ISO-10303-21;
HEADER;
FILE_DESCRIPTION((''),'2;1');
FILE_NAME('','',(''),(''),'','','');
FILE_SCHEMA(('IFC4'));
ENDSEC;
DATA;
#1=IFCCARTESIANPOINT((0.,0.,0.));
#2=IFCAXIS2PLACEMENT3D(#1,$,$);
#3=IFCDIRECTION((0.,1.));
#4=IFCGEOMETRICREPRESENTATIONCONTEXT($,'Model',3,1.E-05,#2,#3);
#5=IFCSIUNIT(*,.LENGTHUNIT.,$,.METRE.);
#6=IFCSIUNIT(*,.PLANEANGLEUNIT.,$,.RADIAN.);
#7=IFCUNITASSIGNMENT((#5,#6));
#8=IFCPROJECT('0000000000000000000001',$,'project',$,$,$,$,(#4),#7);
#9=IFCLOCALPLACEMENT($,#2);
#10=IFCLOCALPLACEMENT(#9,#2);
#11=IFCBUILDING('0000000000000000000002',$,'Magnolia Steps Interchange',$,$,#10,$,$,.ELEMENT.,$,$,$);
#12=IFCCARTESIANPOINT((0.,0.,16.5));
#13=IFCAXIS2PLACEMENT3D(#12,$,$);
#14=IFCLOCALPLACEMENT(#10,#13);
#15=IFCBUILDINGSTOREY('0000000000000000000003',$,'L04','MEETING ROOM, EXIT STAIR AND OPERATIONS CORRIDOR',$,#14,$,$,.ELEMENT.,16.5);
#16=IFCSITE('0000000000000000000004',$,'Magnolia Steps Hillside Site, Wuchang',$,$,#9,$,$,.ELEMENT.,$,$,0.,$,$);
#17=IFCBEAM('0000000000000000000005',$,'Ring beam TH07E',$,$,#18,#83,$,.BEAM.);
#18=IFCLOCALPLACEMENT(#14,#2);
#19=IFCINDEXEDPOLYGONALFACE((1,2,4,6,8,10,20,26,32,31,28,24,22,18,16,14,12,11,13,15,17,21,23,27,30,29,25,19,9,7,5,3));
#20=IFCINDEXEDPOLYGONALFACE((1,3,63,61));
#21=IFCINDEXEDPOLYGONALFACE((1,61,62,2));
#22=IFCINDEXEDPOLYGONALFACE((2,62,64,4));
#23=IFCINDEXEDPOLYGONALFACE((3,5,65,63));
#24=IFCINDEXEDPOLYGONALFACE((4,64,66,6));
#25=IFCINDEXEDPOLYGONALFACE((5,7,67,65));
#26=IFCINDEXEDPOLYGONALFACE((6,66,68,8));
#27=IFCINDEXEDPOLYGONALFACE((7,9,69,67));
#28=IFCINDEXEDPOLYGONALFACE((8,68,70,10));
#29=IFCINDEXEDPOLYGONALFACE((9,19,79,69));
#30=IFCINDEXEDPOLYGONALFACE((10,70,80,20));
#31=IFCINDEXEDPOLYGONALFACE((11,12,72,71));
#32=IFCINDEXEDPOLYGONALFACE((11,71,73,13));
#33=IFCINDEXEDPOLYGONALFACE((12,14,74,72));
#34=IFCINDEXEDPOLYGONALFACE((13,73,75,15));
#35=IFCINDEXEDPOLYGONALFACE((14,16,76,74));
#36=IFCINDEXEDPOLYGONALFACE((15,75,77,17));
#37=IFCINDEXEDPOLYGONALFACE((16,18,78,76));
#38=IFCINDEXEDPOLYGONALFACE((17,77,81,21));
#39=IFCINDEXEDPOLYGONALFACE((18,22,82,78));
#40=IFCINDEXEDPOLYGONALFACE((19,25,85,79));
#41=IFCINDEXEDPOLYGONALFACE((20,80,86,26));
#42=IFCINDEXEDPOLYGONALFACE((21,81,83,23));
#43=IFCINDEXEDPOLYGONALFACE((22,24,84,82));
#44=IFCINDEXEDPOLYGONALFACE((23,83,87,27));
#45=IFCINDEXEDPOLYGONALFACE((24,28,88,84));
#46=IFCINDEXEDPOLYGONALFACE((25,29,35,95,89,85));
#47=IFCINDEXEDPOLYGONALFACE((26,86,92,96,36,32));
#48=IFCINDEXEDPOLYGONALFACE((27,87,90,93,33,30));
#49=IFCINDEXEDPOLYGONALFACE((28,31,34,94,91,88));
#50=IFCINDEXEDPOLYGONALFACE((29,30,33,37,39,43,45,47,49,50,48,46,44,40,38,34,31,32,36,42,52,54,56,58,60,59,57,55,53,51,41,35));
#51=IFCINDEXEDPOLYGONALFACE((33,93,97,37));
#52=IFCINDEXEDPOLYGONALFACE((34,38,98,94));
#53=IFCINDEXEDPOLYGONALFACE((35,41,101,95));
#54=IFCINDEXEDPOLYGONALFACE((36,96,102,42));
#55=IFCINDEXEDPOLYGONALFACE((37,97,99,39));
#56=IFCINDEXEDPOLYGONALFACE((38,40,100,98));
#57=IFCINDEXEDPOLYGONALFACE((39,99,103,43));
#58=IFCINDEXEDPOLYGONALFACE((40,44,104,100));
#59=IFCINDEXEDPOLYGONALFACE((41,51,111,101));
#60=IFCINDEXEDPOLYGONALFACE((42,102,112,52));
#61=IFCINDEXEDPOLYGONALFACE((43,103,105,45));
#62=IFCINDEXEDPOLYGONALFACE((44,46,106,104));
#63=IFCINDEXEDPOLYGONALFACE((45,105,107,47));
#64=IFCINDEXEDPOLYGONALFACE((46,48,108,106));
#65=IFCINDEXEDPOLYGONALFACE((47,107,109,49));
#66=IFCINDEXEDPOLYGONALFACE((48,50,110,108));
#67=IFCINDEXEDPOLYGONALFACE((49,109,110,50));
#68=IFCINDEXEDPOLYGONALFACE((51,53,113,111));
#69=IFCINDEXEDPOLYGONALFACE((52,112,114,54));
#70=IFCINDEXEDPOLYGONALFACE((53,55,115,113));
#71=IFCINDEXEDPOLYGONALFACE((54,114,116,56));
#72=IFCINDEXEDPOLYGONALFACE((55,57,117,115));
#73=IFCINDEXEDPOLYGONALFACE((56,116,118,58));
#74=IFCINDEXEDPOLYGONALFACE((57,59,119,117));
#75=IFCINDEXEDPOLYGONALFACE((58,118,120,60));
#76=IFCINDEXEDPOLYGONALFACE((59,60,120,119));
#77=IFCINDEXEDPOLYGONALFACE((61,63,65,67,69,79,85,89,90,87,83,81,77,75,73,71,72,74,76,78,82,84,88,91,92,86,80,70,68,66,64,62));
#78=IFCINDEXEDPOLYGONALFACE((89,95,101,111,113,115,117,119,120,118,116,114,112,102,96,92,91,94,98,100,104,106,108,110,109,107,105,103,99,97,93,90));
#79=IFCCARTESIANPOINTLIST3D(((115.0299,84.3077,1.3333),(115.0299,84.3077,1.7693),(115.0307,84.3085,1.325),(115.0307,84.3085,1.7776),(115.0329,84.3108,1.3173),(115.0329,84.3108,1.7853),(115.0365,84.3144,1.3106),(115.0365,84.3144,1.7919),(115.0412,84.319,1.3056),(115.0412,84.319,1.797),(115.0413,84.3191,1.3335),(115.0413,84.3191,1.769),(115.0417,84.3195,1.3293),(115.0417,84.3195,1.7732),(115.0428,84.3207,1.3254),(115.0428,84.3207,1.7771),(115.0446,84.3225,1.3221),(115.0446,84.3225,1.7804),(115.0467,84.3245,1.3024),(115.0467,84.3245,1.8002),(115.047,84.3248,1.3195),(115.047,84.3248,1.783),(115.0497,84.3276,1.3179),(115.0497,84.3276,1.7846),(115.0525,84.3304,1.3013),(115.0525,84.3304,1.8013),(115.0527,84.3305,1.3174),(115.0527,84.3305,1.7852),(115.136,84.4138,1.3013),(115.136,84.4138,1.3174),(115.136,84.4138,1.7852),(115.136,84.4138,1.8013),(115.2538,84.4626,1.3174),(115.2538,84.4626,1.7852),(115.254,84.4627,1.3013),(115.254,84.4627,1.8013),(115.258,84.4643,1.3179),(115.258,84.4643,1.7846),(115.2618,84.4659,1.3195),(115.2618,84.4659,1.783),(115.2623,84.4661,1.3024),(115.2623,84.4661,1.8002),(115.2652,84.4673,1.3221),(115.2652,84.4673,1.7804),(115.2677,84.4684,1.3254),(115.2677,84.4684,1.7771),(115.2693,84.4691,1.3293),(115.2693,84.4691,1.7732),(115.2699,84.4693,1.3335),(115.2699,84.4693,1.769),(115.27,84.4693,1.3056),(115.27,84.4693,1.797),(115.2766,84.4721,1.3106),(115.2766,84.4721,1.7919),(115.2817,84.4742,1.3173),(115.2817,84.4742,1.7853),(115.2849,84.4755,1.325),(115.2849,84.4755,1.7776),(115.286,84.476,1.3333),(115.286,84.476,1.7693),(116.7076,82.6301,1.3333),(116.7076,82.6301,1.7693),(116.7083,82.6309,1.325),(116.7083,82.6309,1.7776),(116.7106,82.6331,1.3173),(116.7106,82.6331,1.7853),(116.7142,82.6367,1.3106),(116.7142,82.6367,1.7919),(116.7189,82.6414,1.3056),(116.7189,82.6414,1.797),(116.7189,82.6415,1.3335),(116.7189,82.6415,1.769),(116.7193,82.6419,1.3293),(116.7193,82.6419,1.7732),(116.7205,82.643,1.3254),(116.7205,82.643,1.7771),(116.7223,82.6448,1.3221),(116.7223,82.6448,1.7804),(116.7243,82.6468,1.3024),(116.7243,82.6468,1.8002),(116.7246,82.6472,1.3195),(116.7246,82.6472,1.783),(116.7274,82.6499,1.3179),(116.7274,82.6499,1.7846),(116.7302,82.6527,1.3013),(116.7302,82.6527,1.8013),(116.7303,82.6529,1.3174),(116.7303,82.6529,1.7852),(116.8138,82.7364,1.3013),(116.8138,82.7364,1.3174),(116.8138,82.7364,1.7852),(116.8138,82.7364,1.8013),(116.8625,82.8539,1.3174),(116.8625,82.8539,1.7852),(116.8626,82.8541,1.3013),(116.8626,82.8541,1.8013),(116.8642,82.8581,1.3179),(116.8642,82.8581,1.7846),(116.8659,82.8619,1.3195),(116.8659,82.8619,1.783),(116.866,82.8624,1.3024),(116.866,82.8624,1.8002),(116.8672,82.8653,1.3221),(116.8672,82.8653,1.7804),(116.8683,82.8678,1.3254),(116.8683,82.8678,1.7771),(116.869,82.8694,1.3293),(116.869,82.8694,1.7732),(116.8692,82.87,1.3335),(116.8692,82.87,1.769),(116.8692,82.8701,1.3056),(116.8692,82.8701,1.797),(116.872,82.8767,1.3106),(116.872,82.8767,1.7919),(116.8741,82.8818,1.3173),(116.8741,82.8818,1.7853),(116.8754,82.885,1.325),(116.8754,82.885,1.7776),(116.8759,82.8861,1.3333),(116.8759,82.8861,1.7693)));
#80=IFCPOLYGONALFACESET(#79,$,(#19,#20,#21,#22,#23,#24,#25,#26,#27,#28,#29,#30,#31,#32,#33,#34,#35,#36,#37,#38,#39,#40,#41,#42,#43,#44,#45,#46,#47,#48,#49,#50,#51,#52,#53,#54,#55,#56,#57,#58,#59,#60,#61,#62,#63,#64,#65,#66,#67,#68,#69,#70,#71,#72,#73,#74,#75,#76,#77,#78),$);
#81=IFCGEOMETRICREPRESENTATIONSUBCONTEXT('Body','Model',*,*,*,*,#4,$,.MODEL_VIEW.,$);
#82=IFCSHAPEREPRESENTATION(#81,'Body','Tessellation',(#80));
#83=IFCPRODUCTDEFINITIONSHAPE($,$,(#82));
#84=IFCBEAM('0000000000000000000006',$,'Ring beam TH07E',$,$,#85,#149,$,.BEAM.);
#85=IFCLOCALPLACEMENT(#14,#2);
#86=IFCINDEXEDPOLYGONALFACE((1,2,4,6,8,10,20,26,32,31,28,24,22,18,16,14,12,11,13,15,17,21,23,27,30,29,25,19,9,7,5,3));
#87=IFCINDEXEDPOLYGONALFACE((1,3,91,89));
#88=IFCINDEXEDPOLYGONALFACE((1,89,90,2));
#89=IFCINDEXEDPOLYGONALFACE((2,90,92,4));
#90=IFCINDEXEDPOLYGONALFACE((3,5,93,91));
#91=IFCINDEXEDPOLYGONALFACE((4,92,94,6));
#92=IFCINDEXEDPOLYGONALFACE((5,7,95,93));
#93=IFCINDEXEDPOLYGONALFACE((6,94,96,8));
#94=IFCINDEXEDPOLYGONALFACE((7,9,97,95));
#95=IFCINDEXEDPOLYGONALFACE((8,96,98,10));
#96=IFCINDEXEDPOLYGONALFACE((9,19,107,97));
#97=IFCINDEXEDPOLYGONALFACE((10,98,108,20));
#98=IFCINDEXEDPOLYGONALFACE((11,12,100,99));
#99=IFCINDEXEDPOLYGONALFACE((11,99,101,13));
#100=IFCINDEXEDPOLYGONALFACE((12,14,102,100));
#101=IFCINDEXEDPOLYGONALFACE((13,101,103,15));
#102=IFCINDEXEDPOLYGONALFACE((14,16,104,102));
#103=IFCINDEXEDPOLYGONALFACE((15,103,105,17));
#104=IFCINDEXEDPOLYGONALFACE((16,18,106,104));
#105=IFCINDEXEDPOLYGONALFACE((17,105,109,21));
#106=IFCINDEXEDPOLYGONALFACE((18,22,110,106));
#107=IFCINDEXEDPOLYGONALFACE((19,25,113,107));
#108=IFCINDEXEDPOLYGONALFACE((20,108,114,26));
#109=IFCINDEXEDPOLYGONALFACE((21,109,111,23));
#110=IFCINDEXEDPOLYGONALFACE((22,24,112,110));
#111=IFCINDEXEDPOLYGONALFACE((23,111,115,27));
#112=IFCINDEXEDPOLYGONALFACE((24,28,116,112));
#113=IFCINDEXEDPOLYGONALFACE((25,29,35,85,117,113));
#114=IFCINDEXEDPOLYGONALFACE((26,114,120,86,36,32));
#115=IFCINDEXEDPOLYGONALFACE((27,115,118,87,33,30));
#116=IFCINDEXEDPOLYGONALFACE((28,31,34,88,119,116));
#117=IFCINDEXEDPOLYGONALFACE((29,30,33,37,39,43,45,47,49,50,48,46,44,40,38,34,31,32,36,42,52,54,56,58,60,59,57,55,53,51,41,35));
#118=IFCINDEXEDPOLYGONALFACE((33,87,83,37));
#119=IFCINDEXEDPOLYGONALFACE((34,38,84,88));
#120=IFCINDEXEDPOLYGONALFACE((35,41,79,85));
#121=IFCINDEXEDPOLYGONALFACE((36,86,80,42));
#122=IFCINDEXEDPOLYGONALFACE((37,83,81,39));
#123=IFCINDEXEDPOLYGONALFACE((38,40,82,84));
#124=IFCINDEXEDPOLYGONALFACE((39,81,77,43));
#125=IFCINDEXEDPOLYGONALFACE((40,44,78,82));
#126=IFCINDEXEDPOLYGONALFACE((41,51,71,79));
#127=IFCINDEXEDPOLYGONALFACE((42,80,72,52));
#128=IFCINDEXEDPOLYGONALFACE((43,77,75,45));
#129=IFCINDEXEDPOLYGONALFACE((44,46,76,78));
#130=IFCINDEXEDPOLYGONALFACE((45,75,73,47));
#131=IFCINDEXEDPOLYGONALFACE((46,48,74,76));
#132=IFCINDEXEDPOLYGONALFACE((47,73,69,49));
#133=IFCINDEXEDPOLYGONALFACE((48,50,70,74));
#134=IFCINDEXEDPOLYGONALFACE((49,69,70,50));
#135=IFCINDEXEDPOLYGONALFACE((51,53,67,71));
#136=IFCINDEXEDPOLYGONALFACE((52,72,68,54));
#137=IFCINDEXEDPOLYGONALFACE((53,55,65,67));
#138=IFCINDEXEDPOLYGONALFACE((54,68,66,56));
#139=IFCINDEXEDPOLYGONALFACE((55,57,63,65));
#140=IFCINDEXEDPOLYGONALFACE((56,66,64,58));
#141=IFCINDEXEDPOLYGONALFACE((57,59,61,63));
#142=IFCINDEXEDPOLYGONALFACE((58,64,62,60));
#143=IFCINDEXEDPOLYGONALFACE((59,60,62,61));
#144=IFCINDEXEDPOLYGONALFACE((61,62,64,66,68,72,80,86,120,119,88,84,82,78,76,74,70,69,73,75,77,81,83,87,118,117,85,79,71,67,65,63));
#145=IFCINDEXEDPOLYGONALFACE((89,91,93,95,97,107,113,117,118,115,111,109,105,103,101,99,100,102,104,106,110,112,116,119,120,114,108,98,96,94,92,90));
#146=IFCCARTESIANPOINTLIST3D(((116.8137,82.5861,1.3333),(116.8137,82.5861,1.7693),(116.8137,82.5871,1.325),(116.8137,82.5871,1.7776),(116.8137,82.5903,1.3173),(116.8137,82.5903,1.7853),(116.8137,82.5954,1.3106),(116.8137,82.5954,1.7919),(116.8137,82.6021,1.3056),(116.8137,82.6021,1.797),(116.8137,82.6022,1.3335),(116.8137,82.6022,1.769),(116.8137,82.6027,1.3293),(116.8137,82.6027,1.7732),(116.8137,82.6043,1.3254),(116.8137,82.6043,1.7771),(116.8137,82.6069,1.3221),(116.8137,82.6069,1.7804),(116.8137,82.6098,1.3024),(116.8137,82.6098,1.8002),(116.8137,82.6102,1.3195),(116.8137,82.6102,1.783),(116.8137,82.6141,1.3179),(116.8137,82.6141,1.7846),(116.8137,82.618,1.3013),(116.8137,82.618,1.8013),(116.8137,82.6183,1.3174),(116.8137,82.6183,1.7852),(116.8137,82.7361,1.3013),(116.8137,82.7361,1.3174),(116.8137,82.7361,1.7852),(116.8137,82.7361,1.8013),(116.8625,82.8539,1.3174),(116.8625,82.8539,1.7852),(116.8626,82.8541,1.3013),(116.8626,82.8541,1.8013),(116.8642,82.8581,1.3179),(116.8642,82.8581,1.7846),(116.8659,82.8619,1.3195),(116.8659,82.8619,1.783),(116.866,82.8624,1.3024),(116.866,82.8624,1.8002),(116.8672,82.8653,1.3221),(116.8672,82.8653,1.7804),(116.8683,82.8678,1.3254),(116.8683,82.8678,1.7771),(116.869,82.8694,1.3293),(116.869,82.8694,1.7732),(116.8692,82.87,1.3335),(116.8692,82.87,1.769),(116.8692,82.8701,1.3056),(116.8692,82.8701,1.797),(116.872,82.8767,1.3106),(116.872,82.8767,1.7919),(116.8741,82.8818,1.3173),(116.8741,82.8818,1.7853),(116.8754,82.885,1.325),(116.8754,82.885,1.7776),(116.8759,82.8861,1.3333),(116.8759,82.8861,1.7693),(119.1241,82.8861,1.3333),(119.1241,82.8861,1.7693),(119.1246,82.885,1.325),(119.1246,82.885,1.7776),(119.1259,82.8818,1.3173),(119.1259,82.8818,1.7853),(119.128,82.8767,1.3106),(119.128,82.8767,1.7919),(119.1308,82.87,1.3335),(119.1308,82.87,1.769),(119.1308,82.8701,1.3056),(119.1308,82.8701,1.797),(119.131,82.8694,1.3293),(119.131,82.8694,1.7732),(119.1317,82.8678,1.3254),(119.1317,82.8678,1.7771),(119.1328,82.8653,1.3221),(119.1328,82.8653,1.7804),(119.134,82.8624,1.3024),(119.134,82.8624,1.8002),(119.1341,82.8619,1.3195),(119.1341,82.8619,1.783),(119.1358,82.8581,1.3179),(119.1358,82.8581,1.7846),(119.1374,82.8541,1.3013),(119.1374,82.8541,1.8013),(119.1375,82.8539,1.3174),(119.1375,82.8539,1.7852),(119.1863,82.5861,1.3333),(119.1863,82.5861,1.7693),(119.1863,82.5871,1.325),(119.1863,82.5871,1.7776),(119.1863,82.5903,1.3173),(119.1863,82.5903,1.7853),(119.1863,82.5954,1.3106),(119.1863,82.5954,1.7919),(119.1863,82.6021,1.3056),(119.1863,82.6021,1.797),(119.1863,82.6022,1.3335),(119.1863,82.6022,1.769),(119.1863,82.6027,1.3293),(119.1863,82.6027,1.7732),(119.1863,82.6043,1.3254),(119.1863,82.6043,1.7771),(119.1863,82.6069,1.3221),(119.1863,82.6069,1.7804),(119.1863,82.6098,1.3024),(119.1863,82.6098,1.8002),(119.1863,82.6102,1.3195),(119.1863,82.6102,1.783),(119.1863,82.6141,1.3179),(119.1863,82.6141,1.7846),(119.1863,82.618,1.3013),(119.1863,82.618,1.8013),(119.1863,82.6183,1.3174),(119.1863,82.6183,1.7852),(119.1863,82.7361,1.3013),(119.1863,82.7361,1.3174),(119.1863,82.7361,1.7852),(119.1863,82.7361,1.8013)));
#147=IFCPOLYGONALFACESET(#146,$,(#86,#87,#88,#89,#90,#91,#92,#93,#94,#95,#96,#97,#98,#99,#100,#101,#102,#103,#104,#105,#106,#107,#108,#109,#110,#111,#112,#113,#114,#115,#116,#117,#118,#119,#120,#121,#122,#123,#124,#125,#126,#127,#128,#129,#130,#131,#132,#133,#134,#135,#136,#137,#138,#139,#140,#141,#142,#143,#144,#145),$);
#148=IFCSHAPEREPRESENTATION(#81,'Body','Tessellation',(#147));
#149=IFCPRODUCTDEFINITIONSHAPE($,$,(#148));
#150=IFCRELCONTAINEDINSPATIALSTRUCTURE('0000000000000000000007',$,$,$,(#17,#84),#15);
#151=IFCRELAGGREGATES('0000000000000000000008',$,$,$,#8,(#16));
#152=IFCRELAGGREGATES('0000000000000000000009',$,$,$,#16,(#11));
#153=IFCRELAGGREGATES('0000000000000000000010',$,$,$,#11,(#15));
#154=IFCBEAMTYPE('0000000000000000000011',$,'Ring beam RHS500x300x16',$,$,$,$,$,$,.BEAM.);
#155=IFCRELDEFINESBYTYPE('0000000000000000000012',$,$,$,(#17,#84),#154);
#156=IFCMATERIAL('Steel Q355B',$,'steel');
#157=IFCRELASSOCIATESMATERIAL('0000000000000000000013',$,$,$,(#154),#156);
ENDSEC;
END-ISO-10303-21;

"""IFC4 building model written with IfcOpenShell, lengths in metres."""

from ifc_helpers import new_model, si_unit, direction, frame, origin, origin_2d, place, context, subcontext, project, spatial, hollow_rectangle, extrude, clip, halfspace, material, material_profile, profile_set, type_object, element, save


model = new_model("IFC4")

# Units and contexts
model_context = context("Model", 3, precision=1e-05, world=origin(), true_north=direction((0.0, 1.0)))
body_context = subcontext(model_context, "Body", "Model", "MODEL_VIEW")
ifc_project = project(units=[si_unit("LENGTHUNIT", "METRE"), si_unit("PLANEANGLEUNIT", "RADIAN")], contexts=[model_context])

# Site, building, storey
site_placement = place(None, origin())
site = spatial("IfcSite", under=ifc_project, at=site_placement, Name="Magnolia Steps Hillside Site, Wuchang", CompositionType="ELEMENT", RefElevation=0.0)
building_placement = place(site_placement, origin())
building = spatial("IfcBuilding", under=site, at=building_placement, Name="Magnolia Steps Interchange", CompositionType="ELEMENT")
storey_placement = place(building_placement, frame((0.0, 0.0, 16.5)))
storey = spatial("IfcBuildingStorey", under=building, at=storey_placement, Name="L04", Description="MEETING ROOM, EXIT STAIR AND OPERATIONS CORRIDOR", CompositionType="ELEMENT", Elevation=16.5)

# Beams
ifc_material_1 = material(Name="Steel Q355B", Category="steel")
ifc_material_profile_1 = material_profile(ifc_material_1, hollow_rectangle(XDim=0.3, YDim=0.5, WallThickness=0.0161, InnerFilletRadius=0.0161, OuterFilletRadius=0.032, at=origin_2d()), Name="RHS500x300x16")
ifc_profile_set_1 = profile_set([ifc_material_profile_1], Name="Steel Q355B")
beam_type_1 = type_object("IfcBeamType", Name="Ring beam RHS500x300x16", PredefinedType="BEAM", material=ifc_profile_set_1)
beam_1_placement = place(storey_placement, frame((115.136, 84.4138, 1.5513), z_axis=(0.707107, -0.707107, 0.0), x_axis=(0.707107, 0.707107, 0.0)))
element("IfcBeam", 1, at=beam_1_placement, inside=storey, type_object=beam_type_1, Name="Ring beam TH07E", PredefinedType="BEAM", context=body_context, shape_type="Clipping", body=[
    clip(clip(extrude(hollow_rectangle(XDim=0.3, YDim=0.5, WallThickness=0.0161, InnerFilletRadius=0.0161, OuterFilletRadius=0.032, at=origin_2d()), origin(), (0.0, 0.0, 1.0), 2.3726), halfspace(frame((0.0, 0.0, 0.0), z_axis=(0.382683, 0.0, -0.92388), x_axis=(0.92388, 0.0, 0.382683)), False)), halfspace(frame((0.0, 0.0, 2.3727), z_axis=(0.382683, 0.0, 0.92388), x_axis=(0.92388, 0.0, -0.382683)), False)),
])
beam_2_placement = place(storey_placement, frame((116.8137, 82.7361, 1.5513), z_axis=(1.0, 0.0, 0.0), x_axis=(0.0, 1.0, 0.0)))
element("IfcBeam", 2, at=beam_2_placement, inside=storey, type_object=beam_type_1, Name="Ring beam TH07E", PredefinedType="BEAM", context=body_context, shape_type="Clipping", body=[
    clip(clip(extrude(hollow_rectangle(XDim=0.3, YDim=0.5, WallThickness=0.0161, InnerFilletRadius=0.0161, OuterFilletRadius=0.032, at=origin_2d()), origin(), (0.0, 0.0, 1.0), 2.3726), halfspace(frame((0.0, 0.0, 0.0), z_axis=(0.382683, 0.0, -0.92388), x_axis=(0.92388, 0.0, 0.382683)), False)), halfspace(frame((0.0, 0.0, 2.3726), z_axis=(0.382683, 0.0, 0.92388), x_axis=(0.92388, 0.0, -0.382683)), False)),
])

save(model, "model.ifc")
